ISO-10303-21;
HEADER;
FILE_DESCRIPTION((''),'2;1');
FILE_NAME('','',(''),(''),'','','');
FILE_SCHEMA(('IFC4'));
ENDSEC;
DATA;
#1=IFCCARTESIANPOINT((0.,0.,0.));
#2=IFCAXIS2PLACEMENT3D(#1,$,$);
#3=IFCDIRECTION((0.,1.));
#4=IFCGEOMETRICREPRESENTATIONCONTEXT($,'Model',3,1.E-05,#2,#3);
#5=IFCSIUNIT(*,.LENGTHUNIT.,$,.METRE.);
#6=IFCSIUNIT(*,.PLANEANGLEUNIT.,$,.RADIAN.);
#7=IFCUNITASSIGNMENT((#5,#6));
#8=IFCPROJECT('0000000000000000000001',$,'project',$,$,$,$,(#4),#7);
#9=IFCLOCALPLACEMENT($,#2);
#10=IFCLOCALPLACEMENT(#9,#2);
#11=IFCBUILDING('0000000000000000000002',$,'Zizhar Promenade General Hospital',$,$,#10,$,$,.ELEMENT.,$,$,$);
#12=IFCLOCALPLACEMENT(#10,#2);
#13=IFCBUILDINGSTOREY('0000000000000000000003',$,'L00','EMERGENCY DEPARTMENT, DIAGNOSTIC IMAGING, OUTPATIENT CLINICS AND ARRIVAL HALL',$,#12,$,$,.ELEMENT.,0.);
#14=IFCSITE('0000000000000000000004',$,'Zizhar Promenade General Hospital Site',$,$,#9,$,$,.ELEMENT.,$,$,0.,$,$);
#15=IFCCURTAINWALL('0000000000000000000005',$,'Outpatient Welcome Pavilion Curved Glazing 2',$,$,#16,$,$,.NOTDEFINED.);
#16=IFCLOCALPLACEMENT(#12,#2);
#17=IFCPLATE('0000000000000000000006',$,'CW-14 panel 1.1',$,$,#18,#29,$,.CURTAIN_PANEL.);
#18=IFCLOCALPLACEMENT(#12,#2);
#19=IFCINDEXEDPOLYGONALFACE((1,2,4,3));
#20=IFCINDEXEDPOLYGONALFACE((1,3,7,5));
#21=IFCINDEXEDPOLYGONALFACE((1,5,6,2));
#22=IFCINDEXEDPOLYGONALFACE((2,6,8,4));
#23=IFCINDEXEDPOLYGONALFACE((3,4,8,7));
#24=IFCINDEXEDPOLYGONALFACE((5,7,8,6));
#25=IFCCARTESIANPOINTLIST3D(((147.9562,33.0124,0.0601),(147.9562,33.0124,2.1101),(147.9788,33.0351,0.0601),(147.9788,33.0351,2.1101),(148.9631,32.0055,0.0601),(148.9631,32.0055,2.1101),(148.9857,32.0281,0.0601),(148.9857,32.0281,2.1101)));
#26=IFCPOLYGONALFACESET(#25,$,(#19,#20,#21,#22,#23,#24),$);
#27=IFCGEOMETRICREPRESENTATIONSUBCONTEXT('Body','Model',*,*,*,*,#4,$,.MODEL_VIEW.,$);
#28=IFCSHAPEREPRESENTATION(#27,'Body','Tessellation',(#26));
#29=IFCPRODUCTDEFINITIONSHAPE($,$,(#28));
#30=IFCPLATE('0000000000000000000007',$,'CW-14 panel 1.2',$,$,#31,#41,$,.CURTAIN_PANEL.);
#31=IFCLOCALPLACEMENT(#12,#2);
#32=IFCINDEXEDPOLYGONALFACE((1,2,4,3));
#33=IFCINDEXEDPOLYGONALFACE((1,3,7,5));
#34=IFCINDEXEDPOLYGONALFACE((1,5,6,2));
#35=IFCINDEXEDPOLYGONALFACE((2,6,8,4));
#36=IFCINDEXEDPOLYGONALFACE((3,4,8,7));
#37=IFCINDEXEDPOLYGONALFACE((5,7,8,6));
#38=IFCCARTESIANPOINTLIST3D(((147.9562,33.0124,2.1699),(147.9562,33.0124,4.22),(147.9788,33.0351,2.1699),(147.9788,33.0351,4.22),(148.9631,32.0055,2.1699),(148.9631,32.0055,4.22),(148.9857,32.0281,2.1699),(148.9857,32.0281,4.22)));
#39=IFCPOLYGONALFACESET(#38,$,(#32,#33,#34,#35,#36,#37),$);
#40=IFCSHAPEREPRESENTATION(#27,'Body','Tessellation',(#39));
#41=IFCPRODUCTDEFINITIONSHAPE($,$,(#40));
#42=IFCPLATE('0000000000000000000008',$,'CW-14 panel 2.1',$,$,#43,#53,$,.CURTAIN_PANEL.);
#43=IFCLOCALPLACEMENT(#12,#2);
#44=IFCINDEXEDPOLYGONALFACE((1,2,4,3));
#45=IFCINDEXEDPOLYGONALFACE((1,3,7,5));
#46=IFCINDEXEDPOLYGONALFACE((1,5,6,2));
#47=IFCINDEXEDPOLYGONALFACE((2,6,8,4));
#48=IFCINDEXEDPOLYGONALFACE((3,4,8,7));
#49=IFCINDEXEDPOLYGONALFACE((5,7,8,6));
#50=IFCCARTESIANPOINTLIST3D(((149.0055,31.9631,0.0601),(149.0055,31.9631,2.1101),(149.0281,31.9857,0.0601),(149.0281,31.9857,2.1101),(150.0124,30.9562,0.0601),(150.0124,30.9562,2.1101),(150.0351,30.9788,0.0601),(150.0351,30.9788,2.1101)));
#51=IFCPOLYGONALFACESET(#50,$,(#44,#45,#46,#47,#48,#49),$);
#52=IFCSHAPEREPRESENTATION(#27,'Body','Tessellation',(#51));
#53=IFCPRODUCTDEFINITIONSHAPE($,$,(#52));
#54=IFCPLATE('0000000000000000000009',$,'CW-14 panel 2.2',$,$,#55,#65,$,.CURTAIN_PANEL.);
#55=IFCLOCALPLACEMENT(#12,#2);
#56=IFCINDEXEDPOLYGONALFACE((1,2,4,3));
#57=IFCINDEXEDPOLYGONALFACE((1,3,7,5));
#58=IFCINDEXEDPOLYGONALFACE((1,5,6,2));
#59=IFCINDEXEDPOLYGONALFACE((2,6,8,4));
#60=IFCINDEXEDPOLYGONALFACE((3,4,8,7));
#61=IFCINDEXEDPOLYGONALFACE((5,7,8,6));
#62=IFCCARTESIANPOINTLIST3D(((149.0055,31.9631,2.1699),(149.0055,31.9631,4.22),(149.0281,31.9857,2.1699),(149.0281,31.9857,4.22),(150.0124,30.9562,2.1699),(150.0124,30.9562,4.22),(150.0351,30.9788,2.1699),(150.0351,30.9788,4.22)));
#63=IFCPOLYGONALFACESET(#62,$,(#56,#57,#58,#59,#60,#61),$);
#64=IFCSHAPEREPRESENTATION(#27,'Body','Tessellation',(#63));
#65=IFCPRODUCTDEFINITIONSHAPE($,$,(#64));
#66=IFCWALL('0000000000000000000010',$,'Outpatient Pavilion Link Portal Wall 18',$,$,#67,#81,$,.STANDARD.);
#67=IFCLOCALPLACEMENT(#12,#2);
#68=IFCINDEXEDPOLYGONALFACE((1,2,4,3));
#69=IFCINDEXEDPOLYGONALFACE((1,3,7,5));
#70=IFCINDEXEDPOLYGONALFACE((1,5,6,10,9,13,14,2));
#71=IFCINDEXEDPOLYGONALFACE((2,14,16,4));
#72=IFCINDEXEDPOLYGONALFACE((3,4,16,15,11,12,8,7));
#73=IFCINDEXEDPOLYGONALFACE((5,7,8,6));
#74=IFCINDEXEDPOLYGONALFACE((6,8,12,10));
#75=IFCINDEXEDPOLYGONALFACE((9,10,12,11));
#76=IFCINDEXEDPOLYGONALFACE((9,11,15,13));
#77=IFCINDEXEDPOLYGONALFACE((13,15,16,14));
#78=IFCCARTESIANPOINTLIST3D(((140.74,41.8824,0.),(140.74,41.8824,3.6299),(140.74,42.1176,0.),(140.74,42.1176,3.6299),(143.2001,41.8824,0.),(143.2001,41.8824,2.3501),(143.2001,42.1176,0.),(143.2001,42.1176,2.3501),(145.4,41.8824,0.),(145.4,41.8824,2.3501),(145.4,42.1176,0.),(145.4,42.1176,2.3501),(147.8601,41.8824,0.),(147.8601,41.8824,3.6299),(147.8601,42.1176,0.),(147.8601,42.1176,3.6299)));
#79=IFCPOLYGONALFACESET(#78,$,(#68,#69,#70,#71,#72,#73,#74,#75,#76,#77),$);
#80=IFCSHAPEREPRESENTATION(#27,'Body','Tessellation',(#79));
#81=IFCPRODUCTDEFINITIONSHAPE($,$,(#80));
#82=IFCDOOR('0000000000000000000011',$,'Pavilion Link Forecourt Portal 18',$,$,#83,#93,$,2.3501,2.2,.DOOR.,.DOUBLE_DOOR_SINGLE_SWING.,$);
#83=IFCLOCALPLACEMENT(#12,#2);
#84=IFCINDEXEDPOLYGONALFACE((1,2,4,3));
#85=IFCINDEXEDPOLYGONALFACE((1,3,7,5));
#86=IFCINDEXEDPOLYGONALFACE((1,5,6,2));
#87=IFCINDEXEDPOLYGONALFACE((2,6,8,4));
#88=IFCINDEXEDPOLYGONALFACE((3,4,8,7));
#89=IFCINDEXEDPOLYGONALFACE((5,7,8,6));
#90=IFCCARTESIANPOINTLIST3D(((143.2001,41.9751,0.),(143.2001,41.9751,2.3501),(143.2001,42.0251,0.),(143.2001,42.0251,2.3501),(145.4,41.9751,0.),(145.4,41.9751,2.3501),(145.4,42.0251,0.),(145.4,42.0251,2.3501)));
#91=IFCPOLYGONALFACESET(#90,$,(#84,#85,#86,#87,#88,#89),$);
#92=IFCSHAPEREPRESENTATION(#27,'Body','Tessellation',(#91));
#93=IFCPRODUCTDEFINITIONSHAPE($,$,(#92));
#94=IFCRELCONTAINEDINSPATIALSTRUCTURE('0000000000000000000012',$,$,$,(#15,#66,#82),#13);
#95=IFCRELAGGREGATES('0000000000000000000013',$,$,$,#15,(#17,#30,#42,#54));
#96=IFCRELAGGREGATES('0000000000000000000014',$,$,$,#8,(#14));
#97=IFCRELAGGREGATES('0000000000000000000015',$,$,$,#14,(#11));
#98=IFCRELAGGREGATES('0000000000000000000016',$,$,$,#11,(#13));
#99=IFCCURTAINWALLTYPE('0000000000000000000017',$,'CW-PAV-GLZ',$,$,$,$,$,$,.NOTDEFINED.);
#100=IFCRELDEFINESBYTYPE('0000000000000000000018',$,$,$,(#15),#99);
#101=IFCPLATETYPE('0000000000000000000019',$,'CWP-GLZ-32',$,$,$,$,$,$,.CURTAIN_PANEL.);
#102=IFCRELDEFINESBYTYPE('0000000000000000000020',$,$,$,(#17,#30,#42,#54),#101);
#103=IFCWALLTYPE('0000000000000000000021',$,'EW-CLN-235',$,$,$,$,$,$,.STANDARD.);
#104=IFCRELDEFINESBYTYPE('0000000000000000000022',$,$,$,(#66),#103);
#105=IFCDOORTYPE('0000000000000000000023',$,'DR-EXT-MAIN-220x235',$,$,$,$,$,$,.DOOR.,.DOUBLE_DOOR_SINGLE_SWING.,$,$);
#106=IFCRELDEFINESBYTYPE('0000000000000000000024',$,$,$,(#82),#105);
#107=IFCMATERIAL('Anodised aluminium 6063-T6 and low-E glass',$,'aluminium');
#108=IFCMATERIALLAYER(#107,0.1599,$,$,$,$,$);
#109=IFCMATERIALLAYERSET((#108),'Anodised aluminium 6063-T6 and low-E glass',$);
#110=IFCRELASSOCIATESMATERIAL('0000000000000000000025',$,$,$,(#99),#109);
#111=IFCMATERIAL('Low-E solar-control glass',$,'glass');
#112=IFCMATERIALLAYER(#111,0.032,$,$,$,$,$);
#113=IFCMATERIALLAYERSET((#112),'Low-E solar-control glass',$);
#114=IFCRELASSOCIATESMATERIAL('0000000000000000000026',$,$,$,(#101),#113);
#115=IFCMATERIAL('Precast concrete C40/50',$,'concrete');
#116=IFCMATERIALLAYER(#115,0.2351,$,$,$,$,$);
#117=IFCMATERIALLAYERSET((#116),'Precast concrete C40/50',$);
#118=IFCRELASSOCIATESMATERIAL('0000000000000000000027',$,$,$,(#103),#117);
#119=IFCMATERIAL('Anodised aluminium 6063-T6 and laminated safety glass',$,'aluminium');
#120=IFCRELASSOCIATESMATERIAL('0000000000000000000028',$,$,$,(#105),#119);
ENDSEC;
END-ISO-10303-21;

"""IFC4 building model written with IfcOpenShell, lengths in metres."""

from ifc_helpers import new_model, si_unit, direction, frame, frame_2d, origin, origin_2d, place, context, subcontext, project, spatial, rectangle, extrude, material, layer, layer_set, type_object, element, fill, aggregate, save


model = new_model("IFC4")

# Units and contexts
model_context = context("Model", 3, precision=1e-05, world=origin(), true_north=direction((0.0, 1.0)))
body_context = subcontext(model_context, "Body", "Model", "MODEL_VIEW")
ifc_project = project(units=[si_unit("LENGTHUNIT", "METRE"), si_unit("PLANEANGLEUNIT", "RADIAN")], contexts=[model_context])

# Site, building, storey
site_placement = place(None, origin())
site = spatial("IfcSite", under=ifc_project, at=site_placement, Name="Zizhar Promenade General Hospital Site", CompositionType="ELEMENT", RefElevation=0.0)
building_placement = place(site_placement, origin())
building = spatial("IfcBuilding", under=site, at=building_placement, Name="Zizhar Promenade General Hospital", CompositionType="ELEMENT")
storey_placement = place(building_placement, origin())
storey = spatial("IfcBuildingStorey", under=building, at=storey_placement, Name="L00", Description="EMERGENCY DEPARTMENT, DIAGNOSTIC IMAGING, OUTPATIENT CLINICS AND ARRIVAL HALL", CompositionType="ELEMENT", Elevation=0.0)

# Curtain wall
ifc_material_1 = material(Name="Anodised aluminium 6063-T6 and low-E glass", Category="aluminium")
ifc_layer_1 = layer(ifc_material_1, 0.1599)
ifc_layer_set_1 = layer_set([ifc_layer_1], Name="Anodised aluminium 6063-T6 and low-E glass")
curtain_wall_type_1 = type_object("IfcCurtainWallType", Name="CW-PAV-GLZ", PredefinedType="NOTDEFINED", material=ifc_layer_set_1)
curtain_wall_1_placement = place(storey_placement, origin())
curtain_wall_1 = element("IfcCurtainWall", 1, at=curtain_wall_1_placement, inside=storey, type_object=curtain_wall_type_1, Name="Outpatient Welcome Pavilion Curved Glazing 2", PredefinedType="NOTDEFINED")

# Plates
ifc_material_2 = material(Name="Low-E solar-control glass", Category="glass")
ifc_layer_2 = layer(ifc_material_2, 0.032)
ifc_layer_set_2 = layer_set([ifc_layer_2], Name="Low-E solar-control glass")
plate_type = type_object("IfcPlateType", Name="CWP-GLZ-32", PredefinedType="CURTAIN_PANEL", material=ifc_layer_set_2)
plate_1_placement = place(storey_placement, frame((148.4709, 32.5203, 0.0601), z_axis=(0.0, 0.0, 1.0), x_axis=(0.707107, -0.707107, 0.0)))
plate_1 = element("IfcPlate", 2, at=plate_1_placement, type_object=plate_type, Name="CW-14 panel 1.1", PredefinedType="CURTAIN_PANEL", context=body_context, shape_type="SweptSolid", body=[
    extrude(rectangle(XDim=1.4241, YDim=0.032, at=origin_2d()), origin(), (0.0, 0.0, 1.0), 2.05),
])
plate_2_placement = place(storey_placement, frame((148.4709, 32.5203, 2.1699), z_axis=(0.0, 0.0, 1.0), x_axis=(0.707107, -0.707107, 0.0)))
plate_2 = element("IfcPlate", 3, at=plate_2_placement, type_object=plate_type, Name="CW-14 panel 1.2", PredefinedType="CURTAIN_PANEL", context=body_context, shape_type="SweptSolid", body=[
    extrude(rectangle(XDim=1.4241, YDim=0.032, at=origin_2d()), origin(), (0.0, 0.0, 1.0), 2.05),
])
plate_3_placement = place(storey_placement, frame((149.5203, 31.4709, 0.0601), z_axis=(0.0, 0.0, 1.0), x_axis=(0.707107, -0.707107, 0.0)))
plate_3 = element("IfcPlate", 4, at=plate_3_placement, type_object=plate_type, Name="CW-14 panel 2.1", PredefinedType="CURTAIN_PANEL", context=body_context, shape_type="SweptSolid", body=[
    extrude(rectangle(XDim=1.4241, YDim=0.032, at=origin_2d()), origin(), (0.0, 0.0, 1.0), 2.05),
])
plate_4_placement = place(storey_placement, frame((149.5203, 31.4709, 2.1699), z_axis=(0.0, 0.0, 1.0), x_axis=(0.707107, -0.707107, 0.0)))
plate_4 = element("IfcPlate", 5, at=plate_4_placement, type_object=plate_type, Name="CW-14 panel 2.2", PredefinedType="CURTAIN_PANEL", context=body_context, shape_type="SweptSolid", body=[
    extrude(rectangle(XDim=1.4241, YDim=0.032, at=origin_2d()), origin(), (0.0, 0.0, 1.0), 2.05),
])
aggregate(curtain_wall_1, [plate_1, plate_2, plate_3, plate_4])

# Wall, opening, door
ifc_material_3 = material(Name="Precast concrete C40/50", Category="concrete")
ifc_layer_3 = layer(ifc_material_3, 0.2351)
ifc_layer_set_3 = layer_set([ifc_layer_3], Name="Precast concrete C40/50")
wall_type = type_object("IfcWallType", Name="EW-CLN-235", PredefinedType="STANDARD", material=ifc_layer_set_3)
wall_placement = place(storey_placement, frame((147.8601, 42.0, 0.0), z_axis=(0.0, 0.0, 1.0), x_axis=(-1.0, 0.0, 0.0)))
wall = element("IfcWall", 6, at=wall_placement, inside=storey, type_object=wall_type, Name="Outpatient Pavilion Link Portal Wall 18", PredefinedType="STANDARD", context=body_context, shape_type="SweptSolid", body=[
    extrude(rectangle(XDim=7.1201, YDim=0.2351, at=frame_2d((3.5601, 0.0))), origin(), (0.0, 0.0, 1.0), 3.6299),
])
opening_placement = place(wall_placement, frame((2.46, 0.0, 0.0)))
opening = element("IfcOpeningElement", 7, at=opening_placement, cuts=wall, PredefinedType="OPENING", context=body_context, shape_type="SweptSolid", body=[
    extrude(rectangle(XDim=2.2, YDim=2.3501, at=frame_2d((1.1001, 1.175))), frame((0.0, 0.1274, 0.0), z_axis=(0.0, -1.0, 0.0), x_axis=(1.0, 0.0, 0.0)), (0.0, 0.0, 1.0), 0.2551),
])
ifc_material_4 = material(Name="Anodised aluminium 6063-T6 and laminated safety glass", Category="aluminium")
door_type = type_object("IfcDoorType", Name="DR-EXT-MAIN-220x235", OperationType="DOUBLE_DOOR_SINGLE_SWING", PredefinedType="DOOR", material=ifc_material_4)
door_placement = place(opening_placement, origin())
door = element("IfcDoor", 8, at=door_placement, inside=storey, type_object=door_type, Name="Pavilion Link Forecourt Portal 18", OperationType="DOUBLE_DOOR_SINGLE_SWING", OverallHeight=2.3501, OverallWidth=2.2, PredefinedType="DOOR", context=body_context, shape_type="SweptSolid", body=[
    extrude(rectangle(XDim=2.2, YDim=2.3501, at=frame_2d((1.1001, 1.175))), frame((0.0, 0.0249, 0.0), z_axis=(0.0, -1.0, 0.0), x_axis=(1.0, 0.0, 0.0)), (0.0, 0.0, 1.0), 0.05),
])
fill(opening, door)

save(model, "model.ifc")
